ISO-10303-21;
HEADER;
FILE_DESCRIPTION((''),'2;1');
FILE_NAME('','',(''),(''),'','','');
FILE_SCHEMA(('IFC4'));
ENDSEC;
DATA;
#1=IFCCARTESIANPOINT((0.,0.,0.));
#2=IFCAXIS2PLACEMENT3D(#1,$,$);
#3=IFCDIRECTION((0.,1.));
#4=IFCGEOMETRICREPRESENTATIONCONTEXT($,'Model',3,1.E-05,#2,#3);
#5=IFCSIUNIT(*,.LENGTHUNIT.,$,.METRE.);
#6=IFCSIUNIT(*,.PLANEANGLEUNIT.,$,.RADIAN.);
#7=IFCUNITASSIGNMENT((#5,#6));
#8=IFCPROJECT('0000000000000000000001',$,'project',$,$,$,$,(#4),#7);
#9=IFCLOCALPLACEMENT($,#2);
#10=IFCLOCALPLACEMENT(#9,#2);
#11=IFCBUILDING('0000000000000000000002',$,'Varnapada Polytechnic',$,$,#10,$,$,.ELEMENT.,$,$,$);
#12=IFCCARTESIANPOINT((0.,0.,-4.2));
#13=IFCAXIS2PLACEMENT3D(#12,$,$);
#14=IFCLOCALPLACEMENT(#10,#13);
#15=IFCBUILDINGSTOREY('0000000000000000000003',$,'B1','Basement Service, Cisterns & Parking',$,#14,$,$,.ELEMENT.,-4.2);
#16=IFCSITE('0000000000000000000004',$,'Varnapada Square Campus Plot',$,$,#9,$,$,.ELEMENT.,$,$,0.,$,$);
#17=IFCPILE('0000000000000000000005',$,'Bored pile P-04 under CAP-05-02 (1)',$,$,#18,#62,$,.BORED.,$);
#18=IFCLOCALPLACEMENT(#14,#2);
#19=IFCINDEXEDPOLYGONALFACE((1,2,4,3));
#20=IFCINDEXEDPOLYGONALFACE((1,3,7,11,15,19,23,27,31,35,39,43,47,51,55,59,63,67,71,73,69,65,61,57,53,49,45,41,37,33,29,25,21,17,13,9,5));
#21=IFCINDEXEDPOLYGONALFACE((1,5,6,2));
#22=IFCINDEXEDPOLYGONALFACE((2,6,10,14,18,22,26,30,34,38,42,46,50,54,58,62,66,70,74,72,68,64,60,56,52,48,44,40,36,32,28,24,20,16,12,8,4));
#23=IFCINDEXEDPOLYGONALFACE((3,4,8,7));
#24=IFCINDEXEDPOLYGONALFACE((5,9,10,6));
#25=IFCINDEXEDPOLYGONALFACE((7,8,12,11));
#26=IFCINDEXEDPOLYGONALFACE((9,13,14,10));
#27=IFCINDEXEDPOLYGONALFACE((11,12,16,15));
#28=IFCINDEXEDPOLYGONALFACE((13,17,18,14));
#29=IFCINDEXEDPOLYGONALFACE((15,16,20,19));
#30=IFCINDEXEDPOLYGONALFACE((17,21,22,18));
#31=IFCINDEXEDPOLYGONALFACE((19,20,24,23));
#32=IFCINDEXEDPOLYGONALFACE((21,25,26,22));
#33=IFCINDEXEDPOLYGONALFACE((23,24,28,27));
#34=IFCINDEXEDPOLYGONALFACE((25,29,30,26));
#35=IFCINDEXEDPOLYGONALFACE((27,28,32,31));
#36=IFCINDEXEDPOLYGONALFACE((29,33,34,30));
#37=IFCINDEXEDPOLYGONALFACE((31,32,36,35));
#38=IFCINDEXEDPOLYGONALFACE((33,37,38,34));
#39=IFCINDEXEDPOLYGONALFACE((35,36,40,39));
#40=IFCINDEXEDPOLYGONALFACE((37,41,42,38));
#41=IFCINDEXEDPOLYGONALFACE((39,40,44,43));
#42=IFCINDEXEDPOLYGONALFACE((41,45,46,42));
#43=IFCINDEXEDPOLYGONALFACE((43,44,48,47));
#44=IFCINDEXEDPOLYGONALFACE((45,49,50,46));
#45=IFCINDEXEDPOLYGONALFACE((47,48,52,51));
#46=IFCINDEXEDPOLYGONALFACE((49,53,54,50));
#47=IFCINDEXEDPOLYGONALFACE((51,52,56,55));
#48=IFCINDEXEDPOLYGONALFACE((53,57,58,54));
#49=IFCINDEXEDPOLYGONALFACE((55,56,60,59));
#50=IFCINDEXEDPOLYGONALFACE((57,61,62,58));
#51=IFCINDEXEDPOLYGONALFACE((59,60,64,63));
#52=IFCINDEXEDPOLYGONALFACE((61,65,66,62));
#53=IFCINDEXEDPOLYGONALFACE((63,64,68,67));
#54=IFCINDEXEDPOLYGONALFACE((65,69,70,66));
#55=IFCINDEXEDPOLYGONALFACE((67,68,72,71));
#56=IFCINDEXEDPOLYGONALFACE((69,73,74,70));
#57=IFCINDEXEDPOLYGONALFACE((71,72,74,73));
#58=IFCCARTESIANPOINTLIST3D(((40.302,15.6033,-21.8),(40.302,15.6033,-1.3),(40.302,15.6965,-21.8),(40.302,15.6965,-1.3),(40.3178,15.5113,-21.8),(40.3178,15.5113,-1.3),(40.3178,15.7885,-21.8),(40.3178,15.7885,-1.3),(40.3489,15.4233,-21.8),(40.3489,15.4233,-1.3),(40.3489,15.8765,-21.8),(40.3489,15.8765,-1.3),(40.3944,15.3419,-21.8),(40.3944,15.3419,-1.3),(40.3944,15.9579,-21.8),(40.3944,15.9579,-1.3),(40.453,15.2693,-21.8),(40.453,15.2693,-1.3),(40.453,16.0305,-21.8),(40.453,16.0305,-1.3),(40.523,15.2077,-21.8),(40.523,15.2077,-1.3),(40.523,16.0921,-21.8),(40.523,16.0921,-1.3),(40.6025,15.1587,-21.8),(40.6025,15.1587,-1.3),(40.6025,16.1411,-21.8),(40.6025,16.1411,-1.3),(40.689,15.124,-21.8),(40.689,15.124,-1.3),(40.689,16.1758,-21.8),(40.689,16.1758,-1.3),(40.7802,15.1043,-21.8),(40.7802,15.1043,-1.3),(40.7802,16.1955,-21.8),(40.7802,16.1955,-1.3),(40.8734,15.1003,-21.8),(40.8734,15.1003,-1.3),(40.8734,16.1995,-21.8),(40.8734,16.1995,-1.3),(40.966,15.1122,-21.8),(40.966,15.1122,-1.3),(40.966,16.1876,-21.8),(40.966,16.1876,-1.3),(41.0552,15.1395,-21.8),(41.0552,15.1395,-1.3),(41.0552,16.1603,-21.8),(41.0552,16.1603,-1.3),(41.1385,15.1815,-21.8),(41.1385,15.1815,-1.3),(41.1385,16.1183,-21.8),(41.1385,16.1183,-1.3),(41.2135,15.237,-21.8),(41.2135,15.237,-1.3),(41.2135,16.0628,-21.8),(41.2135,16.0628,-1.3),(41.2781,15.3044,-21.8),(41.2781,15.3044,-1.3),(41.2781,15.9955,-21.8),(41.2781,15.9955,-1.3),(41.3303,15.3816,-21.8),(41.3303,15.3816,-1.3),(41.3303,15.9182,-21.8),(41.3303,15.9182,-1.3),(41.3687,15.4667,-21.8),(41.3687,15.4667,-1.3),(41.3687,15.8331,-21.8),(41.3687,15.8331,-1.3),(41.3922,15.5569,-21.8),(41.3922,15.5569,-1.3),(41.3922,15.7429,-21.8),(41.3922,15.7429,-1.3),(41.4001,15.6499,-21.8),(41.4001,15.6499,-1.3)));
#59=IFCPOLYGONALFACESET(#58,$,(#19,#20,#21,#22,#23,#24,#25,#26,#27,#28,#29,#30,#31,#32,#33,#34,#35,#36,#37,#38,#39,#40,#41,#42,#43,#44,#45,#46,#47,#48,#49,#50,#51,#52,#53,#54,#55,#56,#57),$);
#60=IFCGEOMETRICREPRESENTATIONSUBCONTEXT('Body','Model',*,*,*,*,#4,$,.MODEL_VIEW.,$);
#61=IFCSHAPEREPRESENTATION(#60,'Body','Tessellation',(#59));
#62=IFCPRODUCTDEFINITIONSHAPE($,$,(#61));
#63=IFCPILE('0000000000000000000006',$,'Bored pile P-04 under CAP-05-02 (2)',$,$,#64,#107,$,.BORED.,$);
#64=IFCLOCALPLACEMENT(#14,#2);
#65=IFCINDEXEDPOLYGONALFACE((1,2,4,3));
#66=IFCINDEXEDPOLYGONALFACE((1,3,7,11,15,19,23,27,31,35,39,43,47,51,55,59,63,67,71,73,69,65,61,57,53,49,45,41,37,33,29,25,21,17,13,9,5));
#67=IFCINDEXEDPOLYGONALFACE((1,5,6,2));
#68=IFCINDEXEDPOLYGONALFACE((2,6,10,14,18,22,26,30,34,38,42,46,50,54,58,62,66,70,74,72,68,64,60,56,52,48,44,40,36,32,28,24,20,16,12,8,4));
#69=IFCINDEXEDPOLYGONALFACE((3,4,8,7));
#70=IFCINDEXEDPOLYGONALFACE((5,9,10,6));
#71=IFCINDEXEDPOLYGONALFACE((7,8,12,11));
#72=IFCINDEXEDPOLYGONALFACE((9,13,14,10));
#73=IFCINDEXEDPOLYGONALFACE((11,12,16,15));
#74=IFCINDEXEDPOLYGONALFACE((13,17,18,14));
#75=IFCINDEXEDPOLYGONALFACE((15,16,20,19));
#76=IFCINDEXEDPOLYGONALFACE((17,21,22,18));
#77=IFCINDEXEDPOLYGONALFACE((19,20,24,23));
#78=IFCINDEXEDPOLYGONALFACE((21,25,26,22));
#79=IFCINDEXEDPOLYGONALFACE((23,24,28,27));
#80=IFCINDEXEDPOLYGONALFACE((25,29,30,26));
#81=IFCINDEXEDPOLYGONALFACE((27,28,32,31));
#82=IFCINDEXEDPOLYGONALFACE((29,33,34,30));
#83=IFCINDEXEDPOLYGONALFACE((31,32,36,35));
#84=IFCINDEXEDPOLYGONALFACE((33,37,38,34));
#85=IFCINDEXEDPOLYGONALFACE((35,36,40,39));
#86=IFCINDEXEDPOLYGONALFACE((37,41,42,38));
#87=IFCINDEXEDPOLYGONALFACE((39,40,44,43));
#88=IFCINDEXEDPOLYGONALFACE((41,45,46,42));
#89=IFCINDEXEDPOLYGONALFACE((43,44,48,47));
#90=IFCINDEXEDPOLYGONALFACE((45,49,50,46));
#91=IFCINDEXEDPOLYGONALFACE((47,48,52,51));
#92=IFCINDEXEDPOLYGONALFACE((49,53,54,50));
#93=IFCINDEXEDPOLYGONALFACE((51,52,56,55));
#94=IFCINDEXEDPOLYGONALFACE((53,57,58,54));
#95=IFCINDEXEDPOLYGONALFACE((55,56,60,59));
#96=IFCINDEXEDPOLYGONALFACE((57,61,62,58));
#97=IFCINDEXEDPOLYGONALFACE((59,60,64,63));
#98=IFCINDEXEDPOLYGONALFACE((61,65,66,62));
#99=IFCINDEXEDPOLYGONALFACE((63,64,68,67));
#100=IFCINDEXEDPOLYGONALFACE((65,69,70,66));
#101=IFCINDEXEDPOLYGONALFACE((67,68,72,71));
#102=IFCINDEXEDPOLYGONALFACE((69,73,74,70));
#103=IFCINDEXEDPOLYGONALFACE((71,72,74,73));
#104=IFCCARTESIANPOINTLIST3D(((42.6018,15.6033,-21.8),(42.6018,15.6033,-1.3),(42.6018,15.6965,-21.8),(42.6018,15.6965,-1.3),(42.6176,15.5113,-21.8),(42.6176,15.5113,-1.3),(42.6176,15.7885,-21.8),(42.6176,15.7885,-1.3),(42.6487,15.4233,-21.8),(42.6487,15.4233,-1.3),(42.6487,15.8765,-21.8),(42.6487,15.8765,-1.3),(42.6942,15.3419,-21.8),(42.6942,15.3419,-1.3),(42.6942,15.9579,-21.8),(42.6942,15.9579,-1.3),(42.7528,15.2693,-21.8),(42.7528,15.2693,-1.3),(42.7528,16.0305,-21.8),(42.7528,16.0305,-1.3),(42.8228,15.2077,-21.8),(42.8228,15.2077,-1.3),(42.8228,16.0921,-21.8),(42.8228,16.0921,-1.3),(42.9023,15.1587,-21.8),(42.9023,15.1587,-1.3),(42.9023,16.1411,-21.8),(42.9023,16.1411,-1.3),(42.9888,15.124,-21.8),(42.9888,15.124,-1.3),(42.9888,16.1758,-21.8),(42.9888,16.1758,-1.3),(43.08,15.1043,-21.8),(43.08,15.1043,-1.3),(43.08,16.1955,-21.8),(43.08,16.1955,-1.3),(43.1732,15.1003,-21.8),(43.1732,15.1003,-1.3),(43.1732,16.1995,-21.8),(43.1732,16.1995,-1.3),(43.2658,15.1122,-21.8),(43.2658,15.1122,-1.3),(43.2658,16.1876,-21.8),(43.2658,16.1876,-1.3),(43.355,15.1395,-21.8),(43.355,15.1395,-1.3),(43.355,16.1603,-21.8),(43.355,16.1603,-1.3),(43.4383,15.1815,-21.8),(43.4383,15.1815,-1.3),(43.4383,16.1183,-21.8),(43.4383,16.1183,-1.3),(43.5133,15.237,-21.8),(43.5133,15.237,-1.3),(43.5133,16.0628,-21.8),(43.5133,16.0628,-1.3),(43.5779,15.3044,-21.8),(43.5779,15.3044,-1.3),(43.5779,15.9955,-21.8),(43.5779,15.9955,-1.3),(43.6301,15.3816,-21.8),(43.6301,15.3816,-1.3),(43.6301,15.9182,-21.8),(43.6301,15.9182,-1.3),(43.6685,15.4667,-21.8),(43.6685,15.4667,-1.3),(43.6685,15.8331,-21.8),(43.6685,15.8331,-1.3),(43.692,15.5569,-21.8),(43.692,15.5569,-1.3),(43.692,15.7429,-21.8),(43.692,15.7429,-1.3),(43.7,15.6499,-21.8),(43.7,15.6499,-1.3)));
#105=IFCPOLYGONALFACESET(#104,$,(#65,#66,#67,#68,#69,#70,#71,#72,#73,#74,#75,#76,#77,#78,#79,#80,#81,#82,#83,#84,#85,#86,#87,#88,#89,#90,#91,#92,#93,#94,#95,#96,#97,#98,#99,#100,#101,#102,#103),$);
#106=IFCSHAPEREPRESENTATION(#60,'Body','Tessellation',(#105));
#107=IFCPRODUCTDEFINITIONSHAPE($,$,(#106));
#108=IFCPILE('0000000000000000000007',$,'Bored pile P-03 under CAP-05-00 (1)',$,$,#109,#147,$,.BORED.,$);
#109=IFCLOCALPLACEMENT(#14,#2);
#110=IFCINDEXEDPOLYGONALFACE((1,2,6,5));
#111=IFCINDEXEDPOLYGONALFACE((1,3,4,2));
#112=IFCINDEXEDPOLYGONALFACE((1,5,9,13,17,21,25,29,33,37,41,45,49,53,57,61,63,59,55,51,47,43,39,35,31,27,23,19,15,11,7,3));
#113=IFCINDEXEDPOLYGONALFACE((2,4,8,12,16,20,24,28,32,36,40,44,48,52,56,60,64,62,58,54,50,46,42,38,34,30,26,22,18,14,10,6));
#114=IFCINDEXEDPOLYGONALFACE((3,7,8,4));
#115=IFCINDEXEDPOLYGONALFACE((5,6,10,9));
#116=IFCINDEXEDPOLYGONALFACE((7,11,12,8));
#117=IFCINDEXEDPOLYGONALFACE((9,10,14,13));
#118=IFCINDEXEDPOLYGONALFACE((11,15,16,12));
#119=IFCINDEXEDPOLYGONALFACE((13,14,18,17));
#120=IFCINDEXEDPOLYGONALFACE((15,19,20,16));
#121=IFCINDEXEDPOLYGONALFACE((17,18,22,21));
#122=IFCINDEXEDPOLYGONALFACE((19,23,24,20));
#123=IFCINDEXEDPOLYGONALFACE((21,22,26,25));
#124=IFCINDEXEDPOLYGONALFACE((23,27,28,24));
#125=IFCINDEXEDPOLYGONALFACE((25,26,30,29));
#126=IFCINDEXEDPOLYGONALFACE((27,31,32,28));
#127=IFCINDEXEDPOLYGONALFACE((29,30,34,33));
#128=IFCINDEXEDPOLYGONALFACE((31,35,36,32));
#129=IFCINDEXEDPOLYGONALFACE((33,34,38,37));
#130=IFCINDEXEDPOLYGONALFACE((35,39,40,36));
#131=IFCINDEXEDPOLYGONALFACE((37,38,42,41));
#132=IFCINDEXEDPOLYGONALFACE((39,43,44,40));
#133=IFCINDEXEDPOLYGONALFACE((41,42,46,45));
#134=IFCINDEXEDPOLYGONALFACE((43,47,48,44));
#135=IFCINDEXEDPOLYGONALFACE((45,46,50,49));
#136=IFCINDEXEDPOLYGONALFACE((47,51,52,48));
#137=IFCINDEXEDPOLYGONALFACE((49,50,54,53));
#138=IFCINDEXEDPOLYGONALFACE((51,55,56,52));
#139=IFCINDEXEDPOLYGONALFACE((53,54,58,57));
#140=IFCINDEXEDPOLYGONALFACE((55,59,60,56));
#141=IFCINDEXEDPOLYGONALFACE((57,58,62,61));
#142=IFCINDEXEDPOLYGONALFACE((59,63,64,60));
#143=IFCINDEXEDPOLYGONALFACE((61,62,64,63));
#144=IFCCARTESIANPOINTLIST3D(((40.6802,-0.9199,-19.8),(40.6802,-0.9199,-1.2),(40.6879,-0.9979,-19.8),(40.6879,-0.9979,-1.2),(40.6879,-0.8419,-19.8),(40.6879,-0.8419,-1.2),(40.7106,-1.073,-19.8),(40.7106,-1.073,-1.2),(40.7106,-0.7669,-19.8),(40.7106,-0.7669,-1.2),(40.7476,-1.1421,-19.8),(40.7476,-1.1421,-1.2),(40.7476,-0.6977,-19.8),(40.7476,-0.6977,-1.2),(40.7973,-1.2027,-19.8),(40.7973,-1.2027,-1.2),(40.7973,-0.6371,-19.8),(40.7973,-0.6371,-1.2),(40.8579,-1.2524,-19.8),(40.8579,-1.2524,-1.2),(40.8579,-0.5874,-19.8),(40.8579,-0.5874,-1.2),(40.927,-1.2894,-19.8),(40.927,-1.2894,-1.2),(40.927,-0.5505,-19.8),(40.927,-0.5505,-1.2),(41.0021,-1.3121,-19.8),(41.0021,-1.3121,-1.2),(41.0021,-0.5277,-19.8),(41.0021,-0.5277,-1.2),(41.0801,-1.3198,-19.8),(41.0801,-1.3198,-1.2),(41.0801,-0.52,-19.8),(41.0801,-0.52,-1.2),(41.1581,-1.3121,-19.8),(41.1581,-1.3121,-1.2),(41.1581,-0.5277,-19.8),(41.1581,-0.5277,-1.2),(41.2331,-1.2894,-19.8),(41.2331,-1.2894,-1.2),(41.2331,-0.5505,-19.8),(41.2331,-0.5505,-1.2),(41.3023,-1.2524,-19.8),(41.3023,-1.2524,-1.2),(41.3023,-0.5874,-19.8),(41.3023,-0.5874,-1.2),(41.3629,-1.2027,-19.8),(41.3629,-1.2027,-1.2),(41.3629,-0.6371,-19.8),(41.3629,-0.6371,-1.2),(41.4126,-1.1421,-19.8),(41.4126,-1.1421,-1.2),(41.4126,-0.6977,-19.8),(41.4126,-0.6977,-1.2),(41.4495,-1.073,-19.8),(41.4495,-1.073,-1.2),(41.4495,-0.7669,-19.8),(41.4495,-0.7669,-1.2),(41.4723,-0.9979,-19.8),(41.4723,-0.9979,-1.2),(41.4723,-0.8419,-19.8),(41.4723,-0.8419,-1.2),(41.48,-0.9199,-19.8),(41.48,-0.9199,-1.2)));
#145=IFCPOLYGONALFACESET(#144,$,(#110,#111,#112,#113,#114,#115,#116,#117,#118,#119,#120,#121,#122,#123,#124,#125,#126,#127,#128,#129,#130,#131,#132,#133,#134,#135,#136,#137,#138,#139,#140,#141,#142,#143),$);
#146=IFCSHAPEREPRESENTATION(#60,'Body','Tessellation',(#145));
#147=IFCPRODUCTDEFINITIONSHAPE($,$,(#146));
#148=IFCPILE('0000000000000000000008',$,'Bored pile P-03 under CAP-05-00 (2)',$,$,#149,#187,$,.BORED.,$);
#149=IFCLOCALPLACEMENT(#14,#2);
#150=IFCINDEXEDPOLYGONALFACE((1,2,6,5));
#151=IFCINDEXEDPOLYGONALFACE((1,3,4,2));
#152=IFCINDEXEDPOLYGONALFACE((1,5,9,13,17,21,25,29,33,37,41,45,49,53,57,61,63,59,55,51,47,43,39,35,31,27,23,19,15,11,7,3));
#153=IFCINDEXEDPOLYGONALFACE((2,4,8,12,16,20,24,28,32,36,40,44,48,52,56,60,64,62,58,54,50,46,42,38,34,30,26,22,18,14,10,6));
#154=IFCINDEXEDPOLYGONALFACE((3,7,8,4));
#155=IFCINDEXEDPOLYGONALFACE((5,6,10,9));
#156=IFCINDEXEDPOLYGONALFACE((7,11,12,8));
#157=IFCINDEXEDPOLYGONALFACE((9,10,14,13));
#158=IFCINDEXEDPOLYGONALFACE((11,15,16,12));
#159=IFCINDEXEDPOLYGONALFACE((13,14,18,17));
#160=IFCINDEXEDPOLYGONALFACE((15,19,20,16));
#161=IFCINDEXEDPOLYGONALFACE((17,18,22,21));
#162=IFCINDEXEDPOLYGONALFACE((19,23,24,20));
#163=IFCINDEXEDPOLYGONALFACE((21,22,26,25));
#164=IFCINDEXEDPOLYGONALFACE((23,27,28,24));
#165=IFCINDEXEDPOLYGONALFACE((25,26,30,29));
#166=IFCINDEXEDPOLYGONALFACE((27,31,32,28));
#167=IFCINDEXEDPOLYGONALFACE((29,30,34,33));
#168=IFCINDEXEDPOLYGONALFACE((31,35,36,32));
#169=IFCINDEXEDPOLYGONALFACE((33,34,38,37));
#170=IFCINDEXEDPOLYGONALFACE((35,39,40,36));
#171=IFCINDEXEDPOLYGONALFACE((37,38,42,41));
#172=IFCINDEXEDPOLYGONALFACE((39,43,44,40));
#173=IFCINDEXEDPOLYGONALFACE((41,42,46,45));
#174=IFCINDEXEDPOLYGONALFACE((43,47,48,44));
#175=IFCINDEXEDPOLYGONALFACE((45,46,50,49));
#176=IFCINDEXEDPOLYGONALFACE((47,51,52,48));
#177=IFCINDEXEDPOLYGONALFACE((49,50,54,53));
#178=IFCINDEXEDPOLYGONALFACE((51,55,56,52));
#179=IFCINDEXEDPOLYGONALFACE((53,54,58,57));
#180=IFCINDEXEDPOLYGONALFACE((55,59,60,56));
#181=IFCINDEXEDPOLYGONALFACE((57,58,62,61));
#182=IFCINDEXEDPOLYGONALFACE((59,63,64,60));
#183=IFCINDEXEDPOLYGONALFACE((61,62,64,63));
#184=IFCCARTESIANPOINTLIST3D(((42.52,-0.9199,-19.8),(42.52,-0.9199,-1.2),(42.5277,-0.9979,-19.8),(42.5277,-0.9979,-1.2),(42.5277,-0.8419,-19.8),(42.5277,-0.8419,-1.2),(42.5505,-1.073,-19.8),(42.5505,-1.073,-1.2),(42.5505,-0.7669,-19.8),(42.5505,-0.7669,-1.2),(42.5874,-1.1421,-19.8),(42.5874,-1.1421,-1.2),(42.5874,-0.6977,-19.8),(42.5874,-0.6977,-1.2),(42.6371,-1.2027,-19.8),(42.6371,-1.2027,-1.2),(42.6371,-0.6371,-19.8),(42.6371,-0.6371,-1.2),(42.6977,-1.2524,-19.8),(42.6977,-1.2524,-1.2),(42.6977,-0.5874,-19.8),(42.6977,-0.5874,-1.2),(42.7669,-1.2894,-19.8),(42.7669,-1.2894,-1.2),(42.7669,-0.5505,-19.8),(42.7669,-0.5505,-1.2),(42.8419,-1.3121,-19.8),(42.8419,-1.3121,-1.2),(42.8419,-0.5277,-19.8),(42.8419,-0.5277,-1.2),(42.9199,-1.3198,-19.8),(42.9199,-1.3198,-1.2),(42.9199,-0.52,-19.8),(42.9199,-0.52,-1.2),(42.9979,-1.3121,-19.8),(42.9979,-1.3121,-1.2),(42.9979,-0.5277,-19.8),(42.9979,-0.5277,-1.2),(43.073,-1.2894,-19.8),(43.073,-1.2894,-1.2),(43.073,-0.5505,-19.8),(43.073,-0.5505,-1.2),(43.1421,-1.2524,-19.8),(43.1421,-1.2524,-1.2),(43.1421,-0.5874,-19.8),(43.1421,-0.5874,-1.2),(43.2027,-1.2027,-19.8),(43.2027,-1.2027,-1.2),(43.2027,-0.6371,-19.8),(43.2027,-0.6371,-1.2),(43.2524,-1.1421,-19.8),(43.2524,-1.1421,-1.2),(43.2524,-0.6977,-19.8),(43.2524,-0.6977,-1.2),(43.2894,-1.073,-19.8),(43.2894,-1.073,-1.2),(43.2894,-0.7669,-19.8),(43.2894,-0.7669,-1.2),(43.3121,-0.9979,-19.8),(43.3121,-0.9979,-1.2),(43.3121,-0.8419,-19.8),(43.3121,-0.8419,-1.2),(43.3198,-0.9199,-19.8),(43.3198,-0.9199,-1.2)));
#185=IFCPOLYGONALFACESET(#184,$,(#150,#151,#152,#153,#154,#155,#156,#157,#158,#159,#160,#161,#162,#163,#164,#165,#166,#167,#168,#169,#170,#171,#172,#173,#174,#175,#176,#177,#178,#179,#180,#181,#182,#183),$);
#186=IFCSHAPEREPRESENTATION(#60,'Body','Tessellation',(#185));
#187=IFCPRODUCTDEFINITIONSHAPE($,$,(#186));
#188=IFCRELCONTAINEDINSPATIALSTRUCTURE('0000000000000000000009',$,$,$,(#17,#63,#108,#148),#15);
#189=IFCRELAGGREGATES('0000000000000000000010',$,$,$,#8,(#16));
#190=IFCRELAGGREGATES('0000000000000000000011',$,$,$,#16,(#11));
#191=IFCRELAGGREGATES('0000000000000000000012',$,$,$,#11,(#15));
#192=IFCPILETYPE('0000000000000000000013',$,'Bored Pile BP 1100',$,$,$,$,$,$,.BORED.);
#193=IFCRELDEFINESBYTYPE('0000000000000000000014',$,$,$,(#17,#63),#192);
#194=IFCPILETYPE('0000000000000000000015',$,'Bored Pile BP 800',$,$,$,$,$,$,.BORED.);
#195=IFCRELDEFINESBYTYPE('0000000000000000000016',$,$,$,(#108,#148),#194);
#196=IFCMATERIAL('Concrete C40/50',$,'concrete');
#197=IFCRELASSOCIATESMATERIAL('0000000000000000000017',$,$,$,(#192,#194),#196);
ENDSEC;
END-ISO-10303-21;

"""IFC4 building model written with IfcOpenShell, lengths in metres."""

from ifc_helpers import new_model, si_unit, direction, frame, origin, origin_2d, place, context, subcontext, project, spatial, circle, extrude, material, material_profile, profile_set, type_object, element, save


model = new_model("IFC4")

# Units and contexts
model_context = context("Model", 3, precision=1e-05, world=origin(), true_north=direction((0.0, 1.0)))
body_context = subcontext(model_context, "Body", "Model", "MODEL_VIEW")
ifc_project = project(units=[si_unit("LENGTHUNIT", "METRE"), si_unit("PLANEANGLEUNIT", "RADIAN")], contexts=[model_context])

# Site, building, storey
site_placement = place(None, origin())
site = spatial("IfcSite", under=ifc_project, at=site_placement, Name="Varnapada Square Campus Plot", CompositionType="ELEMENT", RefElevation=0.0)
building_placement = place(site_placement, origin())
building = spatial("IfcBuilding", under=site, at=building_placement, Name="Varnapada Polytechnic", CompositionType="ELEMENT")
storey_placement = place(building_placement, frame((0.0, 0.0, -4.2)))
storey = spatial("IfcBuildingStorey", under=building, at=storey_placement, Name="B1", Description="Basement Service, Cisterns & Parking", CompositionType="ELEMENT", Elevation=-4.2)

# Piles
ifc_material_1 = material(Name="Concrete C40/50", Category="concrete")
ifc_material_profile_1 = material_profile(ifc_material_1, circle(Radius=0.55, at=origin_2d()), Name="BP 1100")
ifc_profile_set_1 = profile_set([ifc_material_profile_1], Name="Concrete C40/50")
pile_type_1 = type_object("IfcPileType", Name="Bored Pile BP 1100", PredefinedType="BORED", material=ifc_profile_set_1)
for number, where, z_axis, x_axis, name in (
    (1, (40.8501, 15.6499, -1.3), (0.0, 0.0, -1.0), (1.0, 0.0, 0.0), "Bored pile P-04 under CAP-05-02 (1)"),
    (2, (43.1499, 15.6499, -1.3), (0.0, 0.0, -1.0), (1.0, 0.0, 0.0), "Bored pile P-04 under CAP-05-02 (2)"),
):
    element("IfcPile", number, at=place(storey_placement, frame(where, z_axis=z_axis, x_axis=x_axis)), inside=storey, type_object=pile_type_1, Name=name, PredefinedType="BORED", context=body_context, shape_type="SweptSolid", body=[
        extrude(circle(Radius=0.55, at=origin_2d()), origin(), (0.0, 0.0, 1.0), 20.5),
    ])
ifc_material_profile_2 = material_profile(ifc_material_1, circle(Radius=0.3999, at=origin_2d()), Name="BP 800")
ifc_profile_set_2 = profile_set([ifc_material_profile_2], Name="Concrete C40/50")
pile_type_2 = type_object("IfcPileType", Name="Bored Pile BP 800", PredefinedType="BORED", material=ifc_profile_set_2)
for number, where, z_axis, x_axis, name in (
    (3, (41.0801, -0.9199, -1.2), (0.0, 0.0, -1.0), (1.0, 0.0, 0.0), "Bored pile P-03 under CAP-05-00 (1)"),
    (4, (42.9199, -0.9199, -1.2), (0.0, 0.0, -1.0), (1.0, 0.0, 0.0), "Bored pile P-03 under CAP-05-00 (2)"),
):
    element("IfcPile", number, at=place(storey_placement, frame(where, z_axis=z_axis, x_axis=x_axis)), inside=storey, type_object=pile_type_2, Name=name, PredefinedType="BORED", context=body_context, shape_type="SweptSolid", body=[
        extrude(circle(Radius=0.3999, at=origin_2d()), origin(), (0.0, 0.0, 1.0), 18.6001),
    ])

save(model, "model.ifc")
